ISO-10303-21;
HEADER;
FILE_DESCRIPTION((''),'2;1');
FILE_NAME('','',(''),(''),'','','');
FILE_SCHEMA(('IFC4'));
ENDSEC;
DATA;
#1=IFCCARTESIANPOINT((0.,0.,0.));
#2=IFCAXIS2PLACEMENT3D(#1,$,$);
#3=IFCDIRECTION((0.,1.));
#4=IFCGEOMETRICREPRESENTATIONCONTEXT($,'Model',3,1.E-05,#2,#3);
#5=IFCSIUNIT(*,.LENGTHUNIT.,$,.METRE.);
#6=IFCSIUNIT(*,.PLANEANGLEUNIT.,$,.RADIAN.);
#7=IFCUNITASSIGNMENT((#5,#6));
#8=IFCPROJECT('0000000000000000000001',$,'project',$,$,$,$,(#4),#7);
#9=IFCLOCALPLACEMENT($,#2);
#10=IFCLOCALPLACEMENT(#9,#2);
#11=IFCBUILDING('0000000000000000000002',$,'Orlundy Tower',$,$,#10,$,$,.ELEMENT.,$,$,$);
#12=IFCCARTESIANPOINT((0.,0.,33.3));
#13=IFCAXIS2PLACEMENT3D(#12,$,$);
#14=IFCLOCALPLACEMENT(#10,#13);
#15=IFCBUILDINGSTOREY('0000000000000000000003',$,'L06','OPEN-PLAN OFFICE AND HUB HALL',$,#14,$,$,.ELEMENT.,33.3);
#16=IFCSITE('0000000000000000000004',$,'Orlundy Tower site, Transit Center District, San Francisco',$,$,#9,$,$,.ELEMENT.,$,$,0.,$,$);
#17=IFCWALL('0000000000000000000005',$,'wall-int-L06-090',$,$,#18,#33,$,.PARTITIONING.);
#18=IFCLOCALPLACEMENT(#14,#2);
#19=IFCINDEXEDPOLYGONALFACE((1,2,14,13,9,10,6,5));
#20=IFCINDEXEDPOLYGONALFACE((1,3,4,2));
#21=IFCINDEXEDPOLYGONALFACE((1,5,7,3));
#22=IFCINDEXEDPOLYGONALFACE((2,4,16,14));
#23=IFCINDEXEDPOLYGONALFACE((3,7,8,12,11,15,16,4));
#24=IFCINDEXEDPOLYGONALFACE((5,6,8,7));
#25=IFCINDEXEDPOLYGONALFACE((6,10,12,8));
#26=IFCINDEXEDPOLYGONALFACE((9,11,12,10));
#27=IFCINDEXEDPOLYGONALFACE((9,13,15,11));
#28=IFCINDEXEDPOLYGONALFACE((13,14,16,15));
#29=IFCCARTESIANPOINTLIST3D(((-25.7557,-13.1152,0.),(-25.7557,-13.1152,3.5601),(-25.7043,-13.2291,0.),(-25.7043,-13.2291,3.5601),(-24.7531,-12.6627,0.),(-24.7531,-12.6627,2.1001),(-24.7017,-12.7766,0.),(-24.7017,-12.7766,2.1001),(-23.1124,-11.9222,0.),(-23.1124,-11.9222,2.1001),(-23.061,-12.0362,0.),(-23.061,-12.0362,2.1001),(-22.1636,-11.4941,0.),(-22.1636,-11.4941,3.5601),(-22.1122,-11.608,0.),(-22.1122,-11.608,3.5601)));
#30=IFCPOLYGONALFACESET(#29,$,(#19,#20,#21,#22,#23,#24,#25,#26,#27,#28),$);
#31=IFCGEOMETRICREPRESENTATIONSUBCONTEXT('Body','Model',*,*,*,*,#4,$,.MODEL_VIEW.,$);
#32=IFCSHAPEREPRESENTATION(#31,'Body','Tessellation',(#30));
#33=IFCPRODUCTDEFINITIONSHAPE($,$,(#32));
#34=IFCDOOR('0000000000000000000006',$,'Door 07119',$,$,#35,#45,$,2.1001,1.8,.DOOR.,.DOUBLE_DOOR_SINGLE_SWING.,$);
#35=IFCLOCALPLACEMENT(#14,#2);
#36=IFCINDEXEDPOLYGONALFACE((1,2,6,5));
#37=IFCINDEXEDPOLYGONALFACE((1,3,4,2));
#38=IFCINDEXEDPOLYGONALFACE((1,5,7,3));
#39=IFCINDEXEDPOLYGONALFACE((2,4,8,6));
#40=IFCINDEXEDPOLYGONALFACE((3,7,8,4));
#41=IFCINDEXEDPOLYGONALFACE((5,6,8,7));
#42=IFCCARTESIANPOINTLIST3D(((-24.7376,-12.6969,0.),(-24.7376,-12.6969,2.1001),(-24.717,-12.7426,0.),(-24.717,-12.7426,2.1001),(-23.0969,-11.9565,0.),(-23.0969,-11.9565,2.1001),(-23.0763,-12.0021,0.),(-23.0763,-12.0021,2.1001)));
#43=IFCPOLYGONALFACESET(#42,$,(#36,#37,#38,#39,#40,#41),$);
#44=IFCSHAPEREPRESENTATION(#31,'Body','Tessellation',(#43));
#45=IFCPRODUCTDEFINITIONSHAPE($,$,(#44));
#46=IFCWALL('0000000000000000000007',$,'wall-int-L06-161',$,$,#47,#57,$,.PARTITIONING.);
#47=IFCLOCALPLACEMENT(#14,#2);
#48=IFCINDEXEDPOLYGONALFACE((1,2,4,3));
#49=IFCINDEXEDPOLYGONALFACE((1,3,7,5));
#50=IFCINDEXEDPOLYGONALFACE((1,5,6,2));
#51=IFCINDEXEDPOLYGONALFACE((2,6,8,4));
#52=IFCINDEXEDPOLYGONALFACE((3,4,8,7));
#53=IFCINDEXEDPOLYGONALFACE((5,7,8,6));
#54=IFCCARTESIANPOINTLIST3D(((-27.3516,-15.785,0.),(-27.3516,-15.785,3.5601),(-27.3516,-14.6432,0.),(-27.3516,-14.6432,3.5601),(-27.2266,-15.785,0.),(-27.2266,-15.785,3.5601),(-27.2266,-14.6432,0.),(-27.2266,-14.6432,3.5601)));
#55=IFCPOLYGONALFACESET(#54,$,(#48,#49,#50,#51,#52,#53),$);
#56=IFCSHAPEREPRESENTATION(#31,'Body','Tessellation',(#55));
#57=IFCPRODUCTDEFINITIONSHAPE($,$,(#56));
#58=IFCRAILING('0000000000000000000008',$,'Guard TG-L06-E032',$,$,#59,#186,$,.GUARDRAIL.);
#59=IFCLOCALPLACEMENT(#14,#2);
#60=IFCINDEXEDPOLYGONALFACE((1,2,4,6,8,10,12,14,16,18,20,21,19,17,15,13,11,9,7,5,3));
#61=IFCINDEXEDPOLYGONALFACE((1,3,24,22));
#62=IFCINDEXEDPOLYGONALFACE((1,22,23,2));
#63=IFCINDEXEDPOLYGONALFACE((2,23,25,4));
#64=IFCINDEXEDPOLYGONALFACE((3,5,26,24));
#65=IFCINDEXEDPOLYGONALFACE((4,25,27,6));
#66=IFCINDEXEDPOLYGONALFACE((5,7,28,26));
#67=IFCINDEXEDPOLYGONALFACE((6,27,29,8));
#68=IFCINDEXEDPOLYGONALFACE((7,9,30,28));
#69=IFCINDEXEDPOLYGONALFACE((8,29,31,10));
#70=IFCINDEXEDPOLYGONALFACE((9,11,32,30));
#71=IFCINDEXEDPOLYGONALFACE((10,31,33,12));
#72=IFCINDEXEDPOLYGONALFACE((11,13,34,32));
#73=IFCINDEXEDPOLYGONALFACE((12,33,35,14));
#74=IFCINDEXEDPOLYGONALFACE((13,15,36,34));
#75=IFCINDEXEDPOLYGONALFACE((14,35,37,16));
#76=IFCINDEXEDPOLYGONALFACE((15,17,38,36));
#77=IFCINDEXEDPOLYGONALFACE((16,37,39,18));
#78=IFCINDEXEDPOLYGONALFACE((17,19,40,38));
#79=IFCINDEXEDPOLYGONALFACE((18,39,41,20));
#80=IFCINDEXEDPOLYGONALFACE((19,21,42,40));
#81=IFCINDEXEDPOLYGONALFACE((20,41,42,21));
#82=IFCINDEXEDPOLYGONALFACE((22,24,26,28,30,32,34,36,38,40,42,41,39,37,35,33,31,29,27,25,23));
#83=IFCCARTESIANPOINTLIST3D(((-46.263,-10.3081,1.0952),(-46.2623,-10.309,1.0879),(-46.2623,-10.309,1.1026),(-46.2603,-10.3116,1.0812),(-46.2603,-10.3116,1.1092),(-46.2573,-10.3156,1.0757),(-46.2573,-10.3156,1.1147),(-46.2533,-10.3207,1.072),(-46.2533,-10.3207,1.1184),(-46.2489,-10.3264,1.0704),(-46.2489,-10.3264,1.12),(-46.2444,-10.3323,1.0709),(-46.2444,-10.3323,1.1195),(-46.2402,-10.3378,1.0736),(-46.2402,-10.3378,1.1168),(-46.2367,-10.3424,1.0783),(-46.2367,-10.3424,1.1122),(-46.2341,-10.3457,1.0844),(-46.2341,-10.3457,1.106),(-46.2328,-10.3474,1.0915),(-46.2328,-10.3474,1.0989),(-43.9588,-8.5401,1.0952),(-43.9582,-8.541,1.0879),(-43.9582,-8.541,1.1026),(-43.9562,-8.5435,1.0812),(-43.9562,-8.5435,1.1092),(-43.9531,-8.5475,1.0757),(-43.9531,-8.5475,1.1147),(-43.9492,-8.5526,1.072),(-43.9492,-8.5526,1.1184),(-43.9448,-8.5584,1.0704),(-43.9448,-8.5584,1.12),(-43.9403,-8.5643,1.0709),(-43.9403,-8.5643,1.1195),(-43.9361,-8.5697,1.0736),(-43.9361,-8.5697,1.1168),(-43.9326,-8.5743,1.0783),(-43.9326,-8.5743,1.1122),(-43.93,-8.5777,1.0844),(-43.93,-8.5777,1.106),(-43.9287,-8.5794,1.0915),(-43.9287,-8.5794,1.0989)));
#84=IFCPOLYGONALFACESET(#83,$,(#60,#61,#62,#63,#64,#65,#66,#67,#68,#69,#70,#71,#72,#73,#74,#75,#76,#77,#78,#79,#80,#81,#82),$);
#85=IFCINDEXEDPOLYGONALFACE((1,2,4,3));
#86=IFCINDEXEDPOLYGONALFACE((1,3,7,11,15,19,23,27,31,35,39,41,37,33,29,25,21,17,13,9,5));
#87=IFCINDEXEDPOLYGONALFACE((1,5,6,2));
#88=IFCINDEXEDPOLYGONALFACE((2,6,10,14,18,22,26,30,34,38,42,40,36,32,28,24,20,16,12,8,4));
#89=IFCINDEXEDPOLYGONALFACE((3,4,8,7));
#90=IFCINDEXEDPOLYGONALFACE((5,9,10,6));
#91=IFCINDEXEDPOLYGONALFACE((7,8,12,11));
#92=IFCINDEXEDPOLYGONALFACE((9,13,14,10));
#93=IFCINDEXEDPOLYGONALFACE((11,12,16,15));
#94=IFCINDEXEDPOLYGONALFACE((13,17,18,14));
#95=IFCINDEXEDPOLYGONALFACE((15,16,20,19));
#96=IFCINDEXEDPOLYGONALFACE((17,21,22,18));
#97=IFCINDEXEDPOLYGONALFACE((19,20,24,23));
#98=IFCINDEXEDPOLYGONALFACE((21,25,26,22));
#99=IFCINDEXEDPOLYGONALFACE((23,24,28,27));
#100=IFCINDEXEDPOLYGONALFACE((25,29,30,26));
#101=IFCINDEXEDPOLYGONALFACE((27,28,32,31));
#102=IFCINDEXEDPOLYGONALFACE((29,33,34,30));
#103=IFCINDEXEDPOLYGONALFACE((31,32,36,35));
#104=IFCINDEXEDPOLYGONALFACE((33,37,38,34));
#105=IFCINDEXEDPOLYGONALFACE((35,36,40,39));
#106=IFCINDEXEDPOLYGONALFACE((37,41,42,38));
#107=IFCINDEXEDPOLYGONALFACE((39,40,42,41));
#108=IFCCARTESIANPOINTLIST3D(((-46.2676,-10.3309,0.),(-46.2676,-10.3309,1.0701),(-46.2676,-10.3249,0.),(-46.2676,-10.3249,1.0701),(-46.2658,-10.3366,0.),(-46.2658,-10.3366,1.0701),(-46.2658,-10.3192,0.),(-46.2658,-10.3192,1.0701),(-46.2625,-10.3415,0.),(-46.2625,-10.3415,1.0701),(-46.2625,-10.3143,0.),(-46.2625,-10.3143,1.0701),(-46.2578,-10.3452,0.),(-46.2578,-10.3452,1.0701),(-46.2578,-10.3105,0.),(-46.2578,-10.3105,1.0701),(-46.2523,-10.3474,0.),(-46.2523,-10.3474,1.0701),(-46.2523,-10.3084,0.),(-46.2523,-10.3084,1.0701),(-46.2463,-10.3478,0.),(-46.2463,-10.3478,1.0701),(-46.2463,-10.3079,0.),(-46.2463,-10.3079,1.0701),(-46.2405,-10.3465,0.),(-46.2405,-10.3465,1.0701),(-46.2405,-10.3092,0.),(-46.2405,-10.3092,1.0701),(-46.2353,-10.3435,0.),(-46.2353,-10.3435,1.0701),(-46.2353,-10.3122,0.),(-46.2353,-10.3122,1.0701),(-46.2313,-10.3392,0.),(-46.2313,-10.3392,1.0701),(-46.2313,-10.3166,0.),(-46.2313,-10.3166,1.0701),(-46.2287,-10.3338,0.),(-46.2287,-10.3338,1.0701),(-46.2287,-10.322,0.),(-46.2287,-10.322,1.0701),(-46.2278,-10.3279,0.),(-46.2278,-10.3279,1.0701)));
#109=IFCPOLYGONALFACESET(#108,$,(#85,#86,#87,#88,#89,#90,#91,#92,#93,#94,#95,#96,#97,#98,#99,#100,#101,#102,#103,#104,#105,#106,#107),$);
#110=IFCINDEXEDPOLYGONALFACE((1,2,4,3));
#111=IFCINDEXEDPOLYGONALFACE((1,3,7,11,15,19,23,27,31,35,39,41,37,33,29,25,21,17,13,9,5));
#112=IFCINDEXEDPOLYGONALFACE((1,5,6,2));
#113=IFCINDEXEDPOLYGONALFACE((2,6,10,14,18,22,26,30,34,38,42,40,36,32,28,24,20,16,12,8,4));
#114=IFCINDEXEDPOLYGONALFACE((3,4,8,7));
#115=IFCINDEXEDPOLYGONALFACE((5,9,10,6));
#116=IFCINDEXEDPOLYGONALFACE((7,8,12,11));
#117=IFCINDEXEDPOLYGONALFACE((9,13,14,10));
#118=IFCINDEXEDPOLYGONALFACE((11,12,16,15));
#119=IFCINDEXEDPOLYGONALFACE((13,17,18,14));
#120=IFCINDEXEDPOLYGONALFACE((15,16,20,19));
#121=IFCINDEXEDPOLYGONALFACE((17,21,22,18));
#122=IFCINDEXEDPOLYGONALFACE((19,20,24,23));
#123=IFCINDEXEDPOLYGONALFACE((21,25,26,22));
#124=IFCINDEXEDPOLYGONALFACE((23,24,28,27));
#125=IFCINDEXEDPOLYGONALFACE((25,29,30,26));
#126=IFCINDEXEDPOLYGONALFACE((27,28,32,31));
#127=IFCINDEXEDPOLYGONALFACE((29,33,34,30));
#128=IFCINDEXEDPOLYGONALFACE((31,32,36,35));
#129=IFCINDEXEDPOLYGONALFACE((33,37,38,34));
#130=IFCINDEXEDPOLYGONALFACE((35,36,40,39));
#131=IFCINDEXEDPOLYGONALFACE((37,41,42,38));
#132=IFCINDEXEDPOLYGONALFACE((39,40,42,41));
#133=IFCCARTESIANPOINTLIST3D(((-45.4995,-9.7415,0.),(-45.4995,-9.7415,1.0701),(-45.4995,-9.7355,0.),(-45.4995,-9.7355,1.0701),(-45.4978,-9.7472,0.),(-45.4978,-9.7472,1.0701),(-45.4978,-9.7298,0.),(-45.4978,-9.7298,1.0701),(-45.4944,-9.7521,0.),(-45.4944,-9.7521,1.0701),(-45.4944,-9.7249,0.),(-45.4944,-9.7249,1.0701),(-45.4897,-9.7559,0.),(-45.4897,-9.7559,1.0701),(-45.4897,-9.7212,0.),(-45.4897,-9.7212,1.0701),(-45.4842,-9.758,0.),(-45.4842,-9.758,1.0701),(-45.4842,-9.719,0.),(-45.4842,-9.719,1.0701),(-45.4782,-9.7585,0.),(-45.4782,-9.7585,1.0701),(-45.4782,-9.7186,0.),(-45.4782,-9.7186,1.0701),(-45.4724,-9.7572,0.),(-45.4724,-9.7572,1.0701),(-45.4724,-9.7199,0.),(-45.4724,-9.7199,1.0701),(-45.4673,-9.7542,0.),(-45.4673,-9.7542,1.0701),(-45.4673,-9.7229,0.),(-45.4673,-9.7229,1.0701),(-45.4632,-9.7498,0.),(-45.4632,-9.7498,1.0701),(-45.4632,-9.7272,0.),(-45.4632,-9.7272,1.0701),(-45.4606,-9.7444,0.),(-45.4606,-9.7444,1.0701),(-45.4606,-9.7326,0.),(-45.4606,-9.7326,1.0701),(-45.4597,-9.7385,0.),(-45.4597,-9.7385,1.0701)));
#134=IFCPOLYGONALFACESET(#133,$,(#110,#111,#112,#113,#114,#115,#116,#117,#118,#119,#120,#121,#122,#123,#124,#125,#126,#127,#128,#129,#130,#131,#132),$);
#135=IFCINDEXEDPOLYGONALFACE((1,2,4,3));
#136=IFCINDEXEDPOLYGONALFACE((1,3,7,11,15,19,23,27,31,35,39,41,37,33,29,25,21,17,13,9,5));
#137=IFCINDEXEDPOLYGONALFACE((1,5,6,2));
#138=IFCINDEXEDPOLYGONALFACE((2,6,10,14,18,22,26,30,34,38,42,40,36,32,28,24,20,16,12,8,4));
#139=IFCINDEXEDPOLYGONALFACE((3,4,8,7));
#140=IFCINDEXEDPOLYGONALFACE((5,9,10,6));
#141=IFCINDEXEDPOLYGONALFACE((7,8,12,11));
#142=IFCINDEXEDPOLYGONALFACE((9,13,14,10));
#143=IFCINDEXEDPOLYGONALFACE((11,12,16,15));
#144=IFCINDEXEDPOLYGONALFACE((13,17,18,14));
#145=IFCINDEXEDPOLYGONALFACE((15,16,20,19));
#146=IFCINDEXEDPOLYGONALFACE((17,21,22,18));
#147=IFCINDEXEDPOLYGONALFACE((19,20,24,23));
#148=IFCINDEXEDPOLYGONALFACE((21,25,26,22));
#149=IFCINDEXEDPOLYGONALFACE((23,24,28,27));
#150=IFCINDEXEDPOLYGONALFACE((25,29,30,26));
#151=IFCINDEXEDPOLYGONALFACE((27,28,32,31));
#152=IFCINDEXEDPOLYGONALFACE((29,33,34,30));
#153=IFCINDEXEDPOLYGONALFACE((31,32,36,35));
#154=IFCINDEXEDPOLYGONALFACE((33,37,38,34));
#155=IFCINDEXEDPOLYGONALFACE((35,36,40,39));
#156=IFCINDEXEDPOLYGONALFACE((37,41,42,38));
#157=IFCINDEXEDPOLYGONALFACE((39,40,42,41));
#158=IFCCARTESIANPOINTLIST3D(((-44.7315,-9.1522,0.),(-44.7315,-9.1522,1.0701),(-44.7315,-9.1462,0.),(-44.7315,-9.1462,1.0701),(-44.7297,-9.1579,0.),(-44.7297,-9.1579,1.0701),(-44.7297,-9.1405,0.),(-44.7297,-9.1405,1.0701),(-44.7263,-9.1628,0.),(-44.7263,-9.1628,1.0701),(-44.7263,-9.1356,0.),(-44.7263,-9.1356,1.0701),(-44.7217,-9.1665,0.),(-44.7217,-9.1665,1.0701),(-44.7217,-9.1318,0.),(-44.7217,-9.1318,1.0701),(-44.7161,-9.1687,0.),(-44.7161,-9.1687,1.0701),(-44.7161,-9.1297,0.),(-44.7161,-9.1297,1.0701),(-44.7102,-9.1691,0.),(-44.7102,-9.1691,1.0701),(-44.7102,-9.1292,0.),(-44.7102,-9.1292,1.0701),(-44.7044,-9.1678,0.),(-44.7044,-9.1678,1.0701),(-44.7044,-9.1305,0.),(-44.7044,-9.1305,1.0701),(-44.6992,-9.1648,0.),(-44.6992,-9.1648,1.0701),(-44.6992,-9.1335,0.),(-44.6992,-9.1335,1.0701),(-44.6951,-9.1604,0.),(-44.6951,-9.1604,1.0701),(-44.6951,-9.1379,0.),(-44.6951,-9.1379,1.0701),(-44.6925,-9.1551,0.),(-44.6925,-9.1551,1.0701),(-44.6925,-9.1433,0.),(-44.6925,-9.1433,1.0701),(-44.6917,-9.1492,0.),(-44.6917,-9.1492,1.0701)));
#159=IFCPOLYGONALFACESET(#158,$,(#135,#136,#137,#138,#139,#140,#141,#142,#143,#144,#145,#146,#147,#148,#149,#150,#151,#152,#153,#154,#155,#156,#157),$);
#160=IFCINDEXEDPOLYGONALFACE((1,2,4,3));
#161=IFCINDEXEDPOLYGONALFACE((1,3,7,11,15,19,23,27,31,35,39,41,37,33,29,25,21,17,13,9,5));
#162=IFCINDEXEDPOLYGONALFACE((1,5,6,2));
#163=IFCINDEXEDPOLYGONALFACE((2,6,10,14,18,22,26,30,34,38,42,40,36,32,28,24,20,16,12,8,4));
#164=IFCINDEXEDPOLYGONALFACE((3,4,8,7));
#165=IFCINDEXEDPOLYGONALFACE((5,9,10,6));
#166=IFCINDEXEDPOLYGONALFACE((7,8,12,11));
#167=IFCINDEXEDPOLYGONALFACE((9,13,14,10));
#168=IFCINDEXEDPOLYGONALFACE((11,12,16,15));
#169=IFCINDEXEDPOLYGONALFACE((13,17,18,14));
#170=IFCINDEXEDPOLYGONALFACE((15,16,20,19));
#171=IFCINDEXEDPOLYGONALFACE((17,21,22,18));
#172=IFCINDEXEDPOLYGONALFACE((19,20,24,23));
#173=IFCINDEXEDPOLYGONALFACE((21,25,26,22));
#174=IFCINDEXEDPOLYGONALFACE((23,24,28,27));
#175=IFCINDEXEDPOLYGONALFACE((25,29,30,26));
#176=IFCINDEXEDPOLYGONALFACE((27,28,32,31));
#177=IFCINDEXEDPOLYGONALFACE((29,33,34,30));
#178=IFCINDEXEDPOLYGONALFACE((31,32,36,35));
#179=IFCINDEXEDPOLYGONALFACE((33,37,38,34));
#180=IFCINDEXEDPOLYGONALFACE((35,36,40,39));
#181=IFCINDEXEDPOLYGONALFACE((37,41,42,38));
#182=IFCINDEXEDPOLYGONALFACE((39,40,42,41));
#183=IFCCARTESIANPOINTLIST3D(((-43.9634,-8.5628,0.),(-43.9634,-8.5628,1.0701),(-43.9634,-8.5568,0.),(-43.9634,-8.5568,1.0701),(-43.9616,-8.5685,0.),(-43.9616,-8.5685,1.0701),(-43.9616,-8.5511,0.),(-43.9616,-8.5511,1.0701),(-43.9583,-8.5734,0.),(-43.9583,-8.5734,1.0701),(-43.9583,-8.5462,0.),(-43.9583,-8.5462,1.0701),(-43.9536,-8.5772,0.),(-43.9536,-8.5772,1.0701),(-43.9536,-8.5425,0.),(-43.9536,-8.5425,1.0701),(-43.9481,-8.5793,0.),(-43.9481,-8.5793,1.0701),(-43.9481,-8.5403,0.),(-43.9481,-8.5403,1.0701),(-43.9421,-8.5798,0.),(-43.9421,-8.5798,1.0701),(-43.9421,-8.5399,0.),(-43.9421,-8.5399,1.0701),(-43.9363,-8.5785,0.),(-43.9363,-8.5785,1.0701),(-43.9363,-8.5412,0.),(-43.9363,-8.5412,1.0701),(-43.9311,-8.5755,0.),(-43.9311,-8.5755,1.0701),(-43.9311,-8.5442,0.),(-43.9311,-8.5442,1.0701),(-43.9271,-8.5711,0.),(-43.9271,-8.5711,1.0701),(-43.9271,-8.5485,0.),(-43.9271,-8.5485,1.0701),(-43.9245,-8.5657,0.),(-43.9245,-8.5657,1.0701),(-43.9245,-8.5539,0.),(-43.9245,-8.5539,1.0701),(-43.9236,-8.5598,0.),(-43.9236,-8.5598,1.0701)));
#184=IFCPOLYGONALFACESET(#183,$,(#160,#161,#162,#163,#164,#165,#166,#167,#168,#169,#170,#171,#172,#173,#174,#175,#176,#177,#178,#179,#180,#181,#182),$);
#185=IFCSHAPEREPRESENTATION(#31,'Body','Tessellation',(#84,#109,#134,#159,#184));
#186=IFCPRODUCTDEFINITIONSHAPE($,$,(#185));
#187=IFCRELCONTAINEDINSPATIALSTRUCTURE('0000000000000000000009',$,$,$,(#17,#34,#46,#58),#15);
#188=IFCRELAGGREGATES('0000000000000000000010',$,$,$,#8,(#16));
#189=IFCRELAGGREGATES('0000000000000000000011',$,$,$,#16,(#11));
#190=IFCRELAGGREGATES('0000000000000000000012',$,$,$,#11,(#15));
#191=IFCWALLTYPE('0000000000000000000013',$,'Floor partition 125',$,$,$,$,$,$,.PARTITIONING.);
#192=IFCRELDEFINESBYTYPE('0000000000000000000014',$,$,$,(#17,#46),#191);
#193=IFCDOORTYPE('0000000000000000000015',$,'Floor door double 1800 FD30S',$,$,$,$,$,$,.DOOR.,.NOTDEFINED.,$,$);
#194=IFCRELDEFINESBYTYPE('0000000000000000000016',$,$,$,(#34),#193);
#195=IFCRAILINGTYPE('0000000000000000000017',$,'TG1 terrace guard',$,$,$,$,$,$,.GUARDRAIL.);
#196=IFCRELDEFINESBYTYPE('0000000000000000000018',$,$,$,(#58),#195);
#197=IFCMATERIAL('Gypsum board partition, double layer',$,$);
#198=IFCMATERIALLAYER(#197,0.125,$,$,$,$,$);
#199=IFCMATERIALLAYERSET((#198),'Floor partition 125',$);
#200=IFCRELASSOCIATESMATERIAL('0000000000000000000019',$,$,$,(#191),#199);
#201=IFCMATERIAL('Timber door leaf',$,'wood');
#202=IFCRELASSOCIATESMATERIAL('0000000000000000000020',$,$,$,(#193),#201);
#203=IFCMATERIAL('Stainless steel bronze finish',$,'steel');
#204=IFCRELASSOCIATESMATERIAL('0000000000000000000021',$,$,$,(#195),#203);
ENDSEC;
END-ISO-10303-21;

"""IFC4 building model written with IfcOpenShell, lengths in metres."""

from ifc_helpers import new_model, si_unit, direction, frame, frame_2d, origin, origin_2d, place, context, subcontext, project, spatial, rectangle, circle, extrude, material, layer, layer_set, type_object, element, fill, save


model = new_model("IFC4")

# Units and contexts
model_context = context("Model", 3, precision=1e-05, world=origin(), true_north=direction((0.0, 1.0)))
body_context = subcontext(model_context, "Body", "Model", "MODEL_VIEW")
ifc_project = project(units=[si_unit("LENGTHUNIT", "METRE"), si_unit("PLANEANGLEUNIT", "RADIAN")], contexts=[model_context])

# Site, building, storey
site_placement = place(None, origin())
site = spatial("IfcSite", under=ifc_project, at=site_placement, Name="Orlundy Tower site, Transit Center District, San Francisco", CompositionType="ELEMENT", RefElevation=0.0)
building_placement = place(site_placement, origin())
building = spatial("IfcBuilding", under=site, at=building_placement, Name="Orlundy Tower", CompositionType="ELEMENT")
storey_placement = place(building_placement, frame((0.0, 0.0, 33.3)))
storey = spatial("IfcBuildingStorey", under=building, at=storey_placement, Name="L06", Description="OPEN-PLAN OFFICE AND HUB HALL", CompositionType="ELEMENT", Elevation=33.3)

# Shared definitions
ifc_material_1 = material(Name="Gypsum board partition, double layer")
ifc_layer_1 = layer(ifc_material_1, 0.125)
ifc_layer_set_1 = layer_set([ifc_layer_1], Name="Floor partition 125")
wall_type_1 = type_object("IfcWallType", Name="Floor partition 125", PredefinedType="PARTITIONING", material=ifc_layer_set_1)

# Wall, opening, door
wall_1_placement = place(storey_placement, frame((-25.73, -13.1721, 0.0), z_axis=(0.0, 0.0, 1.0), x_axis=(0.911477, 0.411351, 0.0)))
wall_1 = element("IfcWall", 1, at=wall_1_placement, inside=storey, type_object=wall_type_1, Name="wall-int-L06-090", PredefinedType="PARTITIONING", context=body_context, shape_type="SweptSolid", body=[
    extrude(rectangle(XDim=3.9409, YDim=0.125, at=frame_2d((1.9705, 0.0))), origin(), (0.0, 0.0, 1.0), 3.5601),
])
opening_placement = place(wall_1_placement, frame((1.1001, 0.0, 0.0)))
opening = element("IfcOpeningElement", 2, at=opening_placement, cuts=wall_1, PredefinedType="OPENING", context=body_context, shape_type="SweptSolid", body=[
    extrude(rectangle(XDim=1.8, YDim=2.1001, at=frame_2d((0.8999, 1.05))), frame((0.0, 0.0725, 0.0), z_axis=(0.0, -1.0, 0.0), x_axis=(1.0, 0.0, 0.0)), (0.0, 0.0, 1.0), 0.145),
])
ifc_material_2 = material(Name="Timber door leaf", Category="wood")
door_type = type_object("IfcDoorType", Name="Floor door double 1800 FD30S", OperationType="NOTDEFINED", PredefinedType="DOOR", material=ifc_material_2)
door_placement = place(opening_placement, origin())
door = element("IfcDoor", 3, at=door_placement, inside=storey, type_object=door_type, Name="Door 07119", OperationType="DOUBLE_DOOR_SINGLE_SWING", OverallHeight=2.1001, OverallWidth=1.8, PredefinedType="DOOR", context=body_context, shape_type="SweptSolid", body=[
    extrude(rectangle(XDim=1.8, YDim=2.1001, at=frame_2d((0.8999, 1.05))), frame((0.0, 0.0249, 0.0), z_axis=(0.0, -1.0, 0.0), x_axis=(1.0, 0.0, 0.0)), (0.0, 0.0, 1.0), 0.05),
])
fill(opening, door)

# Wall
wall_2_placement = place(storey_placement, frame((-27.2891, -15.7849, 0.0), z_axis=(0.0, 0.0, 1.0), x_axis=(0.0, 1.0, 0.0)))
element("IfcWall", 4, at=wall_2_placement, inside=storey, type_object=wall_type_1, Name="wall-int-L06-161", PredefinedType="PARTITIONING", context=body_context, shape_type="SweptSolid", body=[
    extrude(rectangle(XDim=1.1418, YDim=0.125, at=frame_2d((0.5708, 0.0))), origin(), (0.0, 0.0, 1.0), 3.5601),
])

# Railing
ifc_material_3 = material(Name="Stainless steel bronze finish", Category="steel")
railing_type = type_object("IfcRailingType", Name="TG1 terrace guard", PredefinedType="GUARDRAIL", material=ifc_material_3)
railing_1_placement = place(storey_placement, frame((-46.2478, -10.3279, 0.0)))
element("IfcRailing", 5, at=railing_1_placement, inside=storey, type_object=railing_type, Name="Guard TG-L06-E032", PredefinedType="GUARDRAIL", context=body_context, shape_type="SweptSolid", body=[
    extrude(circle(Radius=0.0249, at=origin_2d()), frame((0.0, 0.0, 1.0952), z_axis=(0.793355, 0.60876, 0.0), x_axis=(-0.60876, 0.793355, 0.0)), (0.0, 0.0, 1.0), 2.9043),
    extrude(circle(Radius=0.02, at=origin_2d()), origin(), (0.0, 0.0, 1.0), 1.0701),
    extrude(circle(Radius=0.02, at=origin_2d()), frame((0.7681, 0.5894, 0.0)), (0.0, 0.0, 1.0), 1.0701),
    extrude(circle(Radius=0.02, at=origin_2d()), frame((1.5361, 1.1787, 0.0)), (0.0, 0.0, 1.0), 1.0701),
    extrude(circle(Radius=0.02, at=origin_2d()), frame((2.3042, 1.7681, 0.0)), (0.0, 0.0, 1.0), 1.0701),
])

save(model, "model.ifc")
